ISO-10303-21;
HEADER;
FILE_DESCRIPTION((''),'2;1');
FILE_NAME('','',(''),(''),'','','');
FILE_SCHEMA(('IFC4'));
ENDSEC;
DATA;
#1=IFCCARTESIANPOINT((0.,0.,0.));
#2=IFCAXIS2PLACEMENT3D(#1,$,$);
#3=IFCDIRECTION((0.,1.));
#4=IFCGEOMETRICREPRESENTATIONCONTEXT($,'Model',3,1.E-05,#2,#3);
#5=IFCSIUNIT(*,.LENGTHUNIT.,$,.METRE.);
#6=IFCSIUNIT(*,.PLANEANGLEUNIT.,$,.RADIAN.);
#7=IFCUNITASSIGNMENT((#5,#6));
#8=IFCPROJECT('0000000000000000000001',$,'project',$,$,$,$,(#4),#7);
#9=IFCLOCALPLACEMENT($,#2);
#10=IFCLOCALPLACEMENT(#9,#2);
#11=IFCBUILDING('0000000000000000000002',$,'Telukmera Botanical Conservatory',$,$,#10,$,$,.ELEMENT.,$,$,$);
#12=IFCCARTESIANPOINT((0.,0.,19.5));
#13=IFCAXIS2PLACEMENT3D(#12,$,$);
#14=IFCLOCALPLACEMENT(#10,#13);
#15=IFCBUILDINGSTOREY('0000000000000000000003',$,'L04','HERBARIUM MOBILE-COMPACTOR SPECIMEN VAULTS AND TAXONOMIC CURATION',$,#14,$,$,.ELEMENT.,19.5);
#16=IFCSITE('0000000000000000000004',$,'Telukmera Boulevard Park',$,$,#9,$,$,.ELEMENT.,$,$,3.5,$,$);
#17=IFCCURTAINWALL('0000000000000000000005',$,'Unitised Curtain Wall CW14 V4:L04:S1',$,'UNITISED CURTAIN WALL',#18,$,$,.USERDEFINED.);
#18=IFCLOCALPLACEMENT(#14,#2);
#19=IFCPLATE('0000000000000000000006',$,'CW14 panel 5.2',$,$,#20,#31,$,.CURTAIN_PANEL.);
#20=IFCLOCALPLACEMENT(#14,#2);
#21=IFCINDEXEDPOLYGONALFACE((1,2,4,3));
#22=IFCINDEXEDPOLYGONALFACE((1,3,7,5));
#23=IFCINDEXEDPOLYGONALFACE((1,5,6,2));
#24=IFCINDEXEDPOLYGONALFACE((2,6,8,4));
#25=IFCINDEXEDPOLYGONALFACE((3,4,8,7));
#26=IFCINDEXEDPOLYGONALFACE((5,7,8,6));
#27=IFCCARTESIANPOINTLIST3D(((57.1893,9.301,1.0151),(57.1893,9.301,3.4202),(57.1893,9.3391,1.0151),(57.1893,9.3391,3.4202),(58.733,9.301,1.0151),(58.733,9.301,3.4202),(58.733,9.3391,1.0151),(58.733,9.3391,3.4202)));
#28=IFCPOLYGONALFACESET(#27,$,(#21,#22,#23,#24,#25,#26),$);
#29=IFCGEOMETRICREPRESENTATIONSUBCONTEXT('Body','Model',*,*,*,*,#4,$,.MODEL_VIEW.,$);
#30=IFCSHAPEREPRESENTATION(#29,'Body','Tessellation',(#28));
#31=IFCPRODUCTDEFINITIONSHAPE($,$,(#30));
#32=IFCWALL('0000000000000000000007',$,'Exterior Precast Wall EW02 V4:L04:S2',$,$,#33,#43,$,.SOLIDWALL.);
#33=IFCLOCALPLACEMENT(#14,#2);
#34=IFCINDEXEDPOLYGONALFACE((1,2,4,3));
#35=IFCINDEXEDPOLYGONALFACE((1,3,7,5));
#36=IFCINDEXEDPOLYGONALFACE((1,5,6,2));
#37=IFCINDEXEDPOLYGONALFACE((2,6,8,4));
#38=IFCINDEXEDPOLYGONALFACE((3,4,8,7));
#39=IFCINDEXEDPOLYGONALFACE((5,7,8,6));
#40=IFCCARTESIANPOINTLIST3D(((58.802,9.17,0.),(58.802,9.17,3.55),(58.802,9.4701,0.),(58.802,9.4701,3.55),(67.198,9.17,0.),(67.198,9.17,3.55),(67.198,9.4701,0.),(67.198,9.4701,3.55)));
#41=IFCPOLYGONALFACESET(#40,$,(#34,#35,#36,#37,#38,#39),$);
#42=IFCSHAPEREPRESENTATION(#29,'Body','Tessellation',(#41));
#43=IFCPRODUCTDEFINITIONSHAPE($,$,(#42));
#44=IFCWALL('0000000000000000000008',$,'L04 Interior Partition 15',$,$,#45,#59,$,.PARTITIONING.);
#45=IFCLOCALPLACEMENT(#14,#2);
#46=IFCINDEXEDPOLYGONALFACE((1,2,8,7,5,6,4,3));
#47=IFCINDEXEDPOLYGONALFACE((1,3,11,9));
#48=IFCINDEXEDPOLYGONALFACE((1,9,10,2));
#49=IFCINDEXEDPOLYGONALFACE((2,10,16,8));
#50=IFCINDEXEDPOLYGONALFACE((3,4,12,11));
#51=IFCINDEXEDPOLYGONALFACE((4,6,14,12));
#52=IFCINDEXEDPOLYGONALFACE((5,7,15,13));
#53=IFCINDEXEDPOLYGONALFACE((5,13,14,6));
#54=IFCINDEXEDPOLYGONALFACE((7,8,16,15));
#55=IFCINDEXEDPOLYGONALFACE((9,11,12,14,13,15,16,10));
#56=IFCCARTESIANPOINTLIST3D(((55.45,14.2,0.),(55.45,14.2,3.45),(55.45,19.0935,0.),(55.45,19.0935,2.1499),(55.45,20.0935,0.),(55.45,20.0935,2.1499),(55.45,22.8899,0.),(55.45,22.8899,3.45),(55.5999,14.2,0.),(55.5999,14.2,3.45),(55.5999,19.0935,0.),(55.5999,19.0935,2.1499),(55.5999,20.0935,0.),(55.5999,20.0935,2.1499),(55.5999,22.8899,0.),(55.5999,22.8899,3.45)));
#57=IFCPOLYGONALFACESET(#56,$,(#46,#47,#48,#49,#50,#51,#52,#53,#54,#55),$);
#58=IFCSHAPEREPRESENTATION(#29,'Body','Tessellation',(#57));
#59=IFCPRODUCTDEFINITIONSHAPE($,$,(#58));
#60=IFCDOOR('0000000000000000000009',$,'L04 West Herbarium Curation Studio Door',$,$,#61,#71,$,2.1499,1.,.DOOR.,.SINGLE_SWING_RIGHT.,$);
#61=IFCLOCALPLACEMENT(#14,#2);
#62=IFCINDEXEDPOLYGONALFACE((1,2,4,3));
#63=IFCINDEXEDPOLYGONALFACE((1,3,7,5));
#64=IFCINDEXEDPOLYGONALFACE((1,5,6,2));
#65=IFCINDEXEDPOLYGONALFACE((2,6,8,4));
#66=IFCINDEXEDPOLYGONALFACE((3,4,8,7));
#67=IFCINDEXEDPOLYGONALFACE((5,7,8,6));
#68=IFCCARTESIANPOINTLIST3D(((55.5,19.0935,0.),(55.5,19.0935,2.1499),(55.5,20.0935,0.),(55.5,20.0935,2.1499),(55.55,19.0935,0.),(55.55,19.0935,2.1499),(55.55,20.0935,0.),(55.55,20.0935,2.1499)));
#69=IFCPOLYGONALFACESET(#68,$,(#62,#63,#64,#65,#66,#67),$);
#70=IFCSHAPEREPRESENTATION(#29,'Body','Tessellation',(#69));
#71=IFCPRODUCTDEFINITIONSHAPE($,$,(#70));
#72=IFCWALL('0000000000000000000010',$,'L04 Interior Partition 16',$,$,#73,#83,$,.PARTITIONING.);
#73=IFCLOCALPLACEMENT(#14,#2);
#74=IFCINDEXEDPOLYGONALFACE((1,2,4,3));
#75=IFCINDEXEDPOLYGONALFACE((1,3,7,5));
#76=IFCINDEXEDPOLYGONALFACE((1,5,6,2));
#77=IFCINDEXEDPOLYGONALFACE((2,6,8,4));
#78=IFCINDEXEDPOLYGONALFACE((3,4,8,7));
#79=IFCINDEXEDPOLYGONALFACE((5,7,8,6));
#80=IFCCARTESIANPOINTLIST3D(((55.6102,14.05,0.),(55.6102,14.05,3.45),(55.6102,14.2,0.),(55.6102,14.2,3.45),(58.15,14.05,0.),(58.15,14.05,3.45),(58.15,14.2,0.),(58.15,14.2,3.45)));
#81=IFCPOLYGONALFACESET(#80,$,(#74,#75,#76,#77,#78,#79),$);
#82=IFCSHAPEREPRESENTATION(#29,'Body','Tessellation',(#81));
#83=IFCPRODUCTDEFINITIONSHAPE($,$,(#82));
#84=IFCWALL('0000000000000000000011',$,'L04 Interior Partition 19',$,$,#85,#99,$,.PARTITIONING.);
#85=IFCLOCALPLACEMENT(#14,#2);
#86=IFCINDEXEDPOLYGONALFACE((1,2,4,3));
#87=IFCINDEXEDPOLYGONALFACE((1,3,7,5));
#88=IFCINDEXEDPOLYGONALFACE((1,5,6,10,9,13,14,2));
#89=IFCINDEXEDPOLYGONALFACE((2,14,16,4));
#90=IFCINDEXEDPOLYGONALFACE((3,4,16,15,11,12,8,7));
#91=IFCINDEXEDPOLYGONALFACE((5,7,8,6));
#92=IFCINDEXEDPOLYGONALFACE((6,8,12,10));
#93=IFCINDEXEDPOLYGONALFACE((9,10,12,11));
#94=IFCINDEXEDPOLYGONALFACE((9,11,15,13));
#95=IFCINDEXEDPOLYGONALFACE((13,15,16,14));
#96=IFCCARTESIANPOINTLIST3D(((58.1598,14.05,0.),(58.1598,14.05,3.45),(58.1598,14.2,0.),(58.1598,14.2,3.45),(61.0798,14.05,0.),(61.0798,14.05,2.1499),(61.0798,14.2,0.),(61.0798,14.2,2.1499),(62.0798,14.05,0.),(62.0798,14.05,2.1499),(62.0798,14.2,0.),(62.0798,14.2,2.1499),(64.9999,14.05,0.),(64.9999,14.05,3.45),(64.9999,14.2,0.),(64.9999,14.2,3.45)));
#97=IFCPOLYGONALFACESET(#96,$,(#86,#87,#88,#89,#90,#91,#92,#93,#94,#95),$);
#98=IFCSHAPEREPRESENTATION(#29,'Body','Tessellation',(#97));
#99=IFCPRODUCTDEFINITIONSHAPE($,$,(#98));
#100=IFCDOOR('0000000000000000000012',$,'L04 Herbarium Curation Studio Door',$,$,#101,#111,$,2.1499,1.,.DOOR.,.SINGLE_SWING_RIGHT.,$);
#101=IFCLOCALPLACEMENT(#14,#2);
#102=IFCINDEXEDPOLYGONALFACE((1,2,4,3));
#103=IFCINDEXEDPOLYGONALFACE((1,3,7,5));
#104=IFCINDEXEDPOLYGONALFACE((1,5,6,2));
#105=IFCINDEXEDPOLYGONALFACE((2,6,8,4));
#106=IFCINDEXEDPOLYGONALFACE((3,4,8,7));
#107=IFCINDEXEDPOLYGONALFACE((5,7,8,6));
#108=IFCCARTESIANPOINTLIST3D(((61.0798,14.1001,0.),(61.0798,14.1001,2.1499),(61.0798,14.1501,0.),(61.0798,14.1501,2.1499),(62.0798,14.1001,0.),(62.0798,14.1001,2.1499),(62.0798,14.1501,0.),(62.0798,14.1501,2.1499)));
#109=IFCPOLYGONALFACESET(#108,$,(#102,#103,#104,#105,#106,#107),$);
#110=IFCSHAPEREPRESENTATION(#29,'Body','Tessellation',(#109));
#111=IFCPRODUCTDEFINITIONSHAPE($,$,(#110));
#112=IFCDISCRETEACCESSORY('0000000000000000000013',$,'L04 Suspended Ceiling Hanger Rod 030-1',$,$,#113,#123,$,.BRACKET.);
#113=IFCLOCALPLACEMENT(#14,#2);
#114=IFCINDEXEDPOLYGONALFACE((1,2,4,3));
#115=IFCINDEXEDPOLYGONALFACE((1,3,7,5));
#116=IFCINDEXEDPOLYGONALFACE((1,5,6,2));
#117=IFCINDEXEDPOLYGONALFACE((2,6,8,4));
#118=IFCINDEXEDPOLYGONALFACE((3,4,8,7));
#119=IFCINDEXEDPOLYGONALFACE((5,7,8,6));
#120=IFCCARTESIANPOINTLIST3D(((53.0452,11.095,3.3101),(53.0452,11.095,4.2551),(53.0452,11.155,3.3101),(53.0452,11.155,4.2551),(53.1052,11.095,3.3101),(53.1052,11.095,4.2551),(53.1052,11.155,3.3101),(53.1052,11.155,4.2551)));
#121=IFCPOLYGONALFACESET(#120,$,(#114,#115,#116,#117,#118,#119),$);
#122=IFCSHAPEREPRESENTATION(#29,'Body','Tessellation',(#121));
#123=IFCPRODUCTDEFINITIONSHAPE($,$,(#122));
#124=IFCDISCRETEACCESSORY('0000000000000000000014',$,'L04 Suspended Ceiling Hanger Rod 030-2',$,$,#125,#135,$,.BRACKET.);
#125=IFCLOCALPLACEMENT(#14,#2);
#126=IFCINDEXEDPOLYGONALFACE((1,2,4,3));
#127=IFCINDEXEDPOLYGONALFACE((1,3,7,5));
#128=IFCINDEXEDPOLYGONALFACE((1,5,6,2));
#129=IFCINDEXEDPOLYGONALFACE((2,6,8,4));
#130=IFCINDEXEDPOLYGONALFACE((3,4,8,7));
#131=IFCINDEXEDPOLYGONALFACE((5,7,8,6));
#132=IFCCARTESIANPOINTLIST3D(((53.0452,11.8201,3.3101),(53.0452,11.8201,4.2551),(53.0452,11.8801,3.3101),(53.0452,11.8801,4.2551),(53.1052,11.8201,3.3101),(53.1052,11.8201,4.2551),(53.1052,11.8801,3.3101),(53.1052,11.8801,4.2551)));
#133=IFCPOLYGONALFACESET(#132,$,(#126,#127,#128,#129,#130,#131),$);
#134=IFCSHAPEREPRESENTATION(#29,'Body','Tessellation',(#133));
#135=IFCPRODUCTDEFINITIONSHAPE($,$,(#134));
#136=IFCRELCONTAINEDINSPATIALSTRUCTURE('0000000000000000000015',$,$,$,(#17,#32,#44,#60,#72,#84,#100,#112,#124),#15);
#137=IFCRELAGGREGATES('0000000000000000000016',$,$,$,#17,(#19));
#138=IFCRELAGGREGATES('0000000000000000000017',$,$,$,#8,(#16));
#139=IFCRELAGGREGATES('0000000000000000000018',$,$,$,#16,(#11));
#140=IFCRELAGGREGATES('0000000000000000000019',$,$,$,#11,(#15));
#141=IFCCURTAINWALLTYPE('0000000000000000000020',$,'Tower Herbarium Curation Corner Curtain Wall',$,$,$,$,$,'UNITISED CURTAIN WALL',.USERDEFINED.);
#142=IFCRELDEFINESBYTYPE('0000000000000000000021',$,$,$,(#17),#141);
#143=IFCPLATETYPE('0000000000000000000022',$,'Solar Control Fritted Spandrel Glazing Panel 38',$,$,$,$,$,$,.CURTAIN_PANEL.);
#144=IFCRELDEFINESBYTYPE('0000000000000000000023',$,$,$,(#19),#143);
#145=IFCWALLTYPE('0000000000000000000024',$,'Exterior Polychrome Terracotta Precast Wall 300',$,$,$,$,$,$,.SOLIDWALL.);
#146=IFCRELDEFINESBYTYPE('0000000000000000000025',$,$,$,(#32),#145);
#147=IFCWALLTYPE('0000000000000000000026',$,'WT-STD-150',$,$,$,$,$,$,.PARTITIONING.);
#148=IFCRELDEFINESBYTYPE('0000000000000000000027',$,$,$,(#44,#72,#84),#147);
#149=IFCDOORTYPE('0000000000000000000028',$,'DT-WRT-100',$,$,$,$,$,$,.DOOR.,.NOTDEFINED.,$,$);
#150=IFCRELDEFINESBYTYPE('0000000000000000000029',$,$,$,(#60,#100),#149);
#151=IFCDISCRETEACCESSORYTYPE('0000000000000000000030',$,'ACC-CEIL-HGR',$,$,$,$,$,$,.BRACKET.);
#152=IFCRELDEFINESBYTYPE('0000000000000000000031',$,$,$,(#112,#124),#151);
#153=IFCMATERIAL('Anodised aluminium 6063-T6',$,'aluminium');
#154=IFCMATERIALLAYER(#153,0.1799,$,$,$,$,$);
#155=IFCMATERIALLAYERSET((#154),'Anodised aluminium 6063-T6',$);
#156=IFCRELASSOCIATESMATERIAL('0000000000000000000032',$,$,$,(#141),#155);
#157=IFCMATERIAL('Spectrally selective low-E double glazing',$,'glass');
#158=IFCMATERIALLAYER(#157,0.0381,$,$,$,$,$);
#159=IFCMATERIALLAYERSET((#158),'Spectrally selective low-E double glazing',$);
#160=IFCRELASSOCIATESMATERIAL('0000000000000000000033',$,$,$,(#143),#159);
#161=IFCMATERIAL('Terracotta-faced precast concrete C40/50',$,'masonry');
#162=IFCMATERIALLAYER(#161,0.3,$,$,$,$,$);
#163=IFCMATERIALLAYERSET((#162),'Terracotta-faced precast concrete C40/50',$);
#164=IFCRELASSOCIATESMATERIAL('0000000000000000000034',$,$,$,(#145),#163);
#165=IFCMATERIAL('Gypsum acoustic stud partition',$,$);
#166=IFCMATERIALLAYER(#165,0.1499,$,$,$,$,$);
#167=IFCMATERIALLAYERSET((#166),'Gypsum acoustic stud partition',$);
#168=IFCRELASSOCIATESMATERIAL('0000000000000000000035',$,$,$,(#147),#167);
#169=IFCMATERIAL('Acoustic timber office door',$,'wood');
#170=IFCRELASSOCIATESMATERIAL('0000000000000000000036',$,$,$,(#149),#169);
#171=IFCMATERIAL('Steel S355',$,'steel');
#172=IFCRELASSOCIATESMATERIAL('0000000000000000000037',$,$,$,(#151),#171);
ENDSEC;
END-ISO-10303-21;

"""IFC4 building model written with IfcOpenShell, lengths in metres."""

from ifc_helpers import new_model, si_unit, direction, frame, frame_2d, origin, origin_2d, place, context, subcontext, project, spatial, rectangle, extrude, material, layer, layer_set, type_object, element, fill, aggregate, save


model = new_model("IFC4")

# Units and contexts
model_context = context("Model", 3, precision=1e-05, world=origin(), true_north=direction((0.0, 1.0)))
body_context = subcontext(model_context, "Body", "Model", "MODEL_VIEW")
ifc_project = project(units=[si_unit("LENGTHUNIT", "METRE"), si_unit("PLANEANGLEUNIT", "RADIAN")], contexts=[model_context])

# Site, building, storey
site_placement = place(None, origin())
site = spatial("IfcSite", under=ifc_project, at=site_placement, Name="Telukmera Boulevard Park", CompositionType="ELEMENT", RefElevation=3.5)
building_placement = place(site_placement, origin())
building = spatial("IfcBuilding", under=site, at=building_placement, Name="Telukmera Botanical Conservatory", CompositionType="ELEMENT")
storey_placement = place(building_placement, frame((0.0, 0.0, 19.5)))
storey = spatial("IfcBuildingStorey", under=building, at=storey_placement, Name="L04", Description="HERBARIUM MOBILE-COMPACTOR SPECIMEN VAULTS AND TAXONOMIC CURATION", CompositionType="ELEMENT", Elevation=19.5)

# Curtain wall, plate
ifc_material_1 = material(Name="Anodised aluminium 6063-T6", Category="aluminium")
ifc_layer_1 = layer(ifc_material_1, 0.1799)
ifc_layer_set_1 = layer_set([ifc_layer_1], Name="Anodised aluminium 6063-T6")
curtain_wall_type = type_object("IfcCurtainWallType", Name="Tower Herbarium Curation Corner Curtain Wall", ElementType="UNITISED CURTAIN WALL", PredefinedType="USERDEFINED", material=ifc_layer_set_1)
curtain_wall_placement = place(storey_placement, origin())
curtain_wall = element("IfcCurtainWall", 1, at=curtain_wall_placement, inside=storey, type_object=curtain_wall_type, Name="Unitised Curtain Wall CW14 V4:L04:S1", ObjectType="UNITISED CURTAIN WALL", PredefinedType="USERDEFINED")
ifc_material_2 = material(Name="Spectrally selective low-E double glazing", Category="glass")
ifc_layer_2 = layer(ifc_material_2, 0.0381)
ifc_layer_set_2 = layer_set([ifc_layer_2], Name="Spectrally selective low-E double glazing")
plate_type = type_object("IfcPlateType", Name="Solar Control Fritted Spandrel Glazing Panel 38", PredefinedType="CURTAIN_PANEL", material=ifc_layer_set_2)
plate_1_placement = place(storey_placement, frame((57.9612, 9.3201, 1.0151), z_axis=(0.0, 0.0, 1.0), x_axis=(1.0, 0.0, 0.0)))
plate_1 = element("IfcPlate", 2, at=plate_1_placement, type_object=plate_type, Name="CW14 panel 5.2", PredefinedType="CURTAIN_PANEL", context=body_context, shape_type="SweptSolid", body=[
    extrude(rectangle(XDim=1.5437, YDim=0.0381, at=origin_2d()), origin(), (0.0, 0.0, 1.0), 2.405),
])
aggregate(curtain_wall, [plate_1])

# Wall
ifc_material_3 = material(Name="Terracotta-faced precast concrete C40/50", Category="masonry")
ifc_layer_3 = layer(ifc_material_3, 0.3)
ifc_layer_set_3 = layer_set([ifc_layer_3], Name="Terracotta-faced precast concrete C40/50")
wall_type_1 = type_object("IfcWallType", Name="Exterior Polychrome Terracotta Precast Wall 300", PredefinedType="SOLIDWALL", material=ifc_layer_set_3)
wall_1_placement = place(storey_placement, frame((58.802, 9.3201, 0.0), z_axis=(0.0, 0.0, 1.0), x_axis=(1.0, 0.0, 0.0)))
element("IfcWall", 3, at=wall_1_placement, inside=storey, type_object=wall_type_1, Name="Exterior Precast Wall EW02 V4:L04:S2", PredefinedType="SOLIDWALL", context=body_context, shape_type="SweptSolid", body=[
    extrude(rectangle(XDim=8.396, YDim=0.3, at=frame_2d((4.198, 0.0))), origin(), (0.0, 0.0, 1.0), 3.55),
])

# Wall, opening, door
ifc_material_4 = material(Name="Gypsum acoustic stud partition")
ifc_layer_4 = layer(ifc_material_4, 0.1499)
ifc_layer_set_4 = layer_set([ifc_layer_4], Name="Gypsum acoustic stud partition")
wall_type_2 = type_object("IfcWallType", Name="WT-STD-150", PredefinedType="PARTITIONING", material=ifc_layer_set_4)
wall_2_placement = place(storey_placement, frame((55.5249, 14.2, 0.0), z_axis=(0.0, 0.0, 1.0), x_axis=(0.0, 1.0, 0.0)))
wall_2 = element("IfcWall", 4, at=wall_2_placement, inside=storey, type_object=wall_type_2, Name="L04 Interior Partition 15", PredefinedType="PARTITIONING", context=body_context, shape_type="SweptSolid", body=[
    extrude(rectangle(XDim=8.6899, YDim=0.1499, at=frame_2d((4.345, 0.0))), origin(), (0.0, 0.0, 1.0), 3.45),
])
opening_1_placement = place(wall_2_placement, frame((4.8936, 0.0, 0.0)))
opening_1 = element("IfcOpeningElement", 5, at=opening_1_placement, cuts=wall_2, PredefinedType="OPENING", context=body_context, shape_type="SweptSolid", body=[
    extrude(rectangle(XDim=1.0, YDim=2.1499, at=frame_2d((0.5, 1.075))), frame((0.0, 0.085, 0.0), z_axis=(0.0, -1.0, 0.0), x_axis=(1.0, 0.0, 0.0)), (0.0, 0.0, 1.0), 0.1699),
])
ifc_material_5 = material(Name="Acoustic timber office door", Category="wood")
door_type = type_object("IfcDoorType", Name="DT-WRT-100", OperationType="NOTDEFINED", PredefinedType="DOOR", material=ifc_material_5)
door_1_placement = place(opening_1_placement, origin())
door_1 = element("IfcDoor", 6, at=door_1_placement, inside=storey, type_object=door_type, Name="L04 West Herbarium Curation Studio Door", OperationType="SINGLE_SWING_RIGHT", OverallHeight=2.1499, OverallWidth=1.0, PredefinedType="DOOR", context=body_context, shape_type="SweptSolid", body=[
    extrude(rectangle(XDim=1.0, YDim=2.1499, at=frame_2d((0.5, 1.075))), frame((0.0, 0.0249, 0.0), z_axis=(0.0, -1.0, 0.0), x_axis=(1.0, 0.0, 0.0)), (0.0, 0.0, 1.0), 0.05),
])
fill(opening_1, door_1)

# Wall
wall_3_placement = place(storey_placement, frame((55.6101, 14.125, 0.0), z_axis=(0.0, 0.0, 1.0), x_axis=(1.0, 0.0, 0.0)))
element("IfcWall", 7, at=wall_3_placement, inside=storey, type_object=wall_type_2, Name="L04 Interior Partition 16", PredefinedType="PARTITIONING", context=body_context, shape_type="SweptSolid", body=[
    extrude(rectangle(XDim=2.5398, YDim=0.1499, at=frame_2d((1.27, 0.0))), origin(), (0.0, 0.0, 1.0), 3.45),
])

# Wall, opening, door
wall_4_placement = place(storey_placement, frame((58.1599, 14.125, 0.0), z_axis=(0.0, 0.0, 1.0), x_axis=(1.0, 0.0, 0.0)))
wall_4 = element("IfcWall", 8, at=wall_4_placement, inside=storey, type_object=wall_type_2, Name="L04 Interior Partition 19", PredefinedType="PARTITIONING", context=body_context, shape_type="SweptSolid", body=[
    extrude(rectangle(XDim=6.8401, YDim=0.1499, at=frame_2d((3.4199, 0.0))), origin(), (0.0, 0.0, 1.0), 3.45),
])
opening_2_placement = place(wall_4_placement, frame((2.9199, 0.0, 0.0)))
opening_2 = element("IfcOpeningElement", 9, at=opening_2_placement, cuts=wall_4, PredefinedType="OPENING", context=body_context, shape_type="SweptSolid", body=[
    extrude(rectangle(XDim=1.0, YDim=2.1499, at=frame_2d((0.5, 1.075))), frame((0.0, 0.085, 0.0), z_axis=(0.0, -1.0, 0.0), x_axis=(1.0, 0.0, 0.0)), (0.0, 0.0, 1.0), 0.1699),
])
door_2_placement = place(opening_2_placement, frame((1.0, 0.0, 0.0), z_axis=(0.0, 0.0, 1.0), x_axis=(-1.0, 0.0, 0.0)))
door_2 = element("IfcDoor", 10, at=door_2_placement, inside=storey, type_object=door_type, Name="L04 Herbarium Curation Studio Door", OperationType="SINGLE_SWING_RIGHT", OverallHeight=2.1499, OverallWidth=1.0, PredefinedType="DOOR", context=body_context, shape_type="SweptSolid", body=[
    extrude(rectangle(XDim=1.0, YDim=2.1499, at=frame_2d((0.5, 1.075))), frame((0.0, 0.0249, 0.0), z_axis=(0.0, -1.0, 0.0), x_axis=(1.0, 0.0, 0.0)), (0.0, 0.0, 1.0), 0.05),
])
fill(opening_2, door_2)

# Discrete accessories
ifc_material_6 = material(Name="Steel S355", Category="steel")
discrete_accessory_type = type_object("IfcDiscreteAccessoryType", Name="ACC-CEIL-HGR", PredefinedType="BRACKET", material=ifc_material_6)
for number, where, z_axis, x_axis, name in (
    (11, (53.0752, 11.125, 3.3101), (0.0, 0.0, 1.0), (1.0, 0.0, 0.0), "L04 Suspended Ceiling Hanger Rod 030-1"),
    (12, (53.0752, 11.8501, 3.3101), (0.0, 0.0, 1.0), (1.0, 0.0, 0.0), "L04 Suspended Ceiling Hanger Rod 030-2"),
):
    element("IfcDiscreteAccessory", number, at=place(storey_placement, frame(where, z_axis=z_axis, x_axis=x_axis)), inside=storey, type_object=discrete_accessory_type, Name=name, PredefinedType="BRACKET", context=body_context, shape_type="SweptSolid", body=[
        extrude(rectangle(XDim=0.0601, YDim=0.0601, at=origin_2d()), origin(), (0.0, 0.0, 1.0), 0.9451),
    ])

save(model, "model.ifc")
